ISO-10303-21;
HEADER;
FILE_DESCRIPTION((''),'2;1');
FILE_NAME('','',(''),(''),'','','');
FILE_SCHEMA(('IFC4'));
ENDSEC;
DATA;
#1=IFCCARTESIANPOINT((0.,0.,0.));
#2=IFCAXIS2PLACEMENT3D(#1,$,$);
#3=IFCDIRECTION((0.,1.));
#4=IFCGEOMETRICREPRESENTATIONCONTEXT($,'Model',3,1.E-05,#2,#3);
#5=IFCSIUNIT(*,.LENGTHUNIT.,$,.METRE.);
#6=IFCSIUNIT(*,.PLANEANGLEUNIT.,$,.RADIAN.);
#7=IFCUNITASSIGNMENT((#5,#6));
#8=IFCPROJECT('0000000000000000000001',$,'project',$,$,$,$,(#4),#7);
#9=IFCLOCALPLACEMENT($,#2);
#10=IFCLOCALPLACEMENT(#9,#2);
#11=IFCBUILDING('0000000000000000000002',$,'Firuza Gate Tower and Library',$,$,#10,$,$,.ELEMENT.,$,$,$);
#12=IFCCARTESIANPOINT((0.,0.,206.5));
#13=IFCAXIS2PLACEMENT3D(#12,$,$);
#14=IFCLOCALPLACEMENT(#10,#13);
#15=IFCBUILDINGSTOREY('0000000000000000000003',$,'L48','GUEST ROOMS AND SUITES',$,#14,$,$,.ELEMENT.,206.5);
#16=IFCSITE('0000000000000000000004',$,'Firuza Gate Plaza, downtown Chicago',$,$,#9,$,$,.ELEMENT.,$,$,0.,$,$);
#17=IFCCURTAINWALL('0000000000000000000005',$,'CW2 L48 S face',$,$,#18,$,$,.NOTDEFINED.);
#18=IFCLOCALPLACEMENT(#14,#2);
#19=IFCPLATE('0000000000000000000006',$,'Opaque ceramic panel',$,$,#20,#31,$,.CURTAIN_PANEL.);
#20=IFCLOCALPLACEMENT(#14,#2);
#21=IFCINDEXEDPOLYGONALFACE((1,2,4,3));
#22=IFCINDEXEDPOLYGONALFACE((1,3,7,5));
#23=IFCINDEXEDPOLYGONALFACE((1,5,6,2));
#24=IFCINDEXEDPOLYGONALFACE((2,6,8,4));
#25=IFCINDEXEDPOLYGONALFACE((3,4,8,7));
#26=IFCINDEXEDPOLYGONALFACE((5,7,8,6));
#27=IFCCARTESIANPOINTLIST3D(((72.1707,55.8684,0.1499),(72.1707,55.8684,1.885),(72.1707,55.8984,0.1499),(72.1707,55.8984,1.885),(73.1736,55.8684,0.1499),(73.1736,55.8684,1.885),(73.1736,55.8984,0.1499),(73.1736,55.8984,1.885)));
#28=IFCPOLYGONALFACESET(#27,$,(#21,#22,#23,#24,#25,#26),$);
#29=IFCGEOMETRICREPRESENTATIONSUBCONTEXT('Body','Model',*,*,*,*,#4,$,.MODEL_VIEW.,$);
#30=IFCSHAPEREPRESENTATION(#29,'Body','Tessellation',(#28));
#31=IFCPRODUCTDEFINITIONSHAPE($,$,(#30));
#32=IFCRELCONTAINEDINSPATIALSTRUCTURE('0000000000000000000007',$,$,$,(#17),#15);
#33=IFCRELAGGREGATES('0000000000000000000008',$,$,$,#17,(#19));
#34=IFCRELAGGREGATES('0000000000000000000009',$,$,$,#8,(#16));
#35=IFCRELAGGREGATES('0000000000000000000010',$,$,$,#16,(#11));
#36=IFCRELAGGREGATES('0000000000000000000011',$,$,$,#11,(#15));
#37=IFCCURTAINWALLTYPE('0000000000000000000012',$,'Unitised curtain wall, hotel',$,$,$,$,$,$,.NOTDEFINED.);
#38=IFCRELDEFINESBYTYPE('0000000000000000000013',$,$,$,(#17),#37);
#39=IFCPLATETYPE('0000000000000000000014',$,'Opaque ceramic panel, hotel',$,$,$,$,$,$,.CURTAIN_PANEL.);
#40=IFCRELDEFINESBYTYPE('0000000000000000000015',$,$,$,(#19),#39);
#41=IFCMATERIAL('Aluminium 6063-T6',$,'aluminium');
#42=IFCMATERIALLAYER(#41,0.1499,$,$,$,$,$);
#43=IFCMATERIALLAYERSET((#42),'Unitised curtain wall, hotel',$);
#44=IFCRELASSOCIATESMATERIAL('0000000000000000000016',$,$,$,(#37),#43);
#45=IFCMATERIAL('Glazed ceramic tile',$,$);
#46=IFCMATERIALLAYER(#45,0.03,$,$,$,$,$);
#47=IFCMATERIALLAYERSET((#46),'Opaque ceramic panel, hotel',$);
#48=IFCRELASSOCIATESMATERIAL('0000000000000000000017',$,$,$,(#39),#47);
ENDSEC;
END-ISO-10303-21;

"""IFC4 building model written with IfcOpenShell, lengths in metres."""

from ifc_helpers import new_model, si_unit, direction, frame, origin, place, context, subcontext, project, spatial, polyline, outline, extrude, material, layer, layer_set, type_object, element, aggregate, save


model = new_model("IFC4")

# Units and contexts
model_context = context("Model", 3, precision=1e-05, world=origin(), true_north=direction((0.0, 1.0)))
body_context = subcontext(model_context, "Body", "Model", "MODEL_VIEW")
ifc_project = project(units=[si_unit("LENGTHUNIT", "METRE"), si_unit("PLANEANGLEUNIT", "RADIAN")], contexts=[model_context])

# Site, building, storey
site_placement = place(None, origin())
site = spatial("IfcSite", under=ifc_project, at=site_placement, Name="Firuza Gate Plaza, downtown Chicago", CompositionType="ELEMENT", RefElevation=0.0)
building_placement = place(site_placement, origin())
building = spatial("IfcBuilding", under=site, at=building_placement, Name="Firuza Gate Tower and Library", CompositionType="ELEMENT")
storey_placement = place(building_placement, frame((0.0, 0.0, 206.5)))
storey = spatial("IfcBuildingStorey", under=building, at=storey_placement, Name="L48", Description="GUEST ROOMS AND SUITES", CompositionType="ELEMENT", Elevation=206.5)

# Curtain wall, plate
ifc_material_1 = material(Name="Aluminium 6063-T6", Category="aluminium")
ifc_layer_1 = layer(ifc_material_1, 0.1499)
ifc_layer_set_1 = layer_set([ifc_layer_1], Name="Unitised curtain wall, hotel")
curtain_wall_type = type_object("IfcCurtainWallType", Name="Unitised curtain wall, hotel", PredefinedType="NOTDEFINED", material=ifc_layer_set_1)
curtain_wall_placement = place(storey_placement, origin())
curtain_wall = element("IfcCurtainWall", 1, at=curtain_wall_placement, inside=storey, type_object=curtain_wall_type, Name="CW2 L48 S face", PredefinedType="NOTDEFINED")
ifc_material_2 = material(Name="Glazed ceramic tile")
ifc_layer_2 = layer(ifc_material_2, 0.03)
ifc_layer_set_2 = layer_set([ifc_layer_2], Name="Opaque ceramic panel, hotel")
plate_type_1 = type_object("IfcPlateType", Name="Opaque ceramic panel, hotel", PredefinedType="CURTAIN_PANEL", material=ifc_layer_set_2)
plate_1_placement = place(storey_placement, frame((72.1707, 55.8684, 0.1499), z_axis=(0.0, -1.0, 0.0), x_axis=(1.0, 0.0, 0.0)))
plate_1 = element("IfcPlate", 2, at=plate_1_placement, type_object=plate_type_1, Name="Opaque ceramic panel", PredefinedType="CURTAIN_PANEL", context=body_context, shape_type="SweptSolid", body=[
    extrude(outline(polyline([(0.0, 0.0), (1.0029, 0.0), (1.0029, 1.7351), (0.0, 1.7351), (0.0, 0.0)])), origin(), (0.0, 0.0, -1.0), 0.03),
])
aggregate(curtain_wall, [plate_1])

save(model, "model.ifc")
